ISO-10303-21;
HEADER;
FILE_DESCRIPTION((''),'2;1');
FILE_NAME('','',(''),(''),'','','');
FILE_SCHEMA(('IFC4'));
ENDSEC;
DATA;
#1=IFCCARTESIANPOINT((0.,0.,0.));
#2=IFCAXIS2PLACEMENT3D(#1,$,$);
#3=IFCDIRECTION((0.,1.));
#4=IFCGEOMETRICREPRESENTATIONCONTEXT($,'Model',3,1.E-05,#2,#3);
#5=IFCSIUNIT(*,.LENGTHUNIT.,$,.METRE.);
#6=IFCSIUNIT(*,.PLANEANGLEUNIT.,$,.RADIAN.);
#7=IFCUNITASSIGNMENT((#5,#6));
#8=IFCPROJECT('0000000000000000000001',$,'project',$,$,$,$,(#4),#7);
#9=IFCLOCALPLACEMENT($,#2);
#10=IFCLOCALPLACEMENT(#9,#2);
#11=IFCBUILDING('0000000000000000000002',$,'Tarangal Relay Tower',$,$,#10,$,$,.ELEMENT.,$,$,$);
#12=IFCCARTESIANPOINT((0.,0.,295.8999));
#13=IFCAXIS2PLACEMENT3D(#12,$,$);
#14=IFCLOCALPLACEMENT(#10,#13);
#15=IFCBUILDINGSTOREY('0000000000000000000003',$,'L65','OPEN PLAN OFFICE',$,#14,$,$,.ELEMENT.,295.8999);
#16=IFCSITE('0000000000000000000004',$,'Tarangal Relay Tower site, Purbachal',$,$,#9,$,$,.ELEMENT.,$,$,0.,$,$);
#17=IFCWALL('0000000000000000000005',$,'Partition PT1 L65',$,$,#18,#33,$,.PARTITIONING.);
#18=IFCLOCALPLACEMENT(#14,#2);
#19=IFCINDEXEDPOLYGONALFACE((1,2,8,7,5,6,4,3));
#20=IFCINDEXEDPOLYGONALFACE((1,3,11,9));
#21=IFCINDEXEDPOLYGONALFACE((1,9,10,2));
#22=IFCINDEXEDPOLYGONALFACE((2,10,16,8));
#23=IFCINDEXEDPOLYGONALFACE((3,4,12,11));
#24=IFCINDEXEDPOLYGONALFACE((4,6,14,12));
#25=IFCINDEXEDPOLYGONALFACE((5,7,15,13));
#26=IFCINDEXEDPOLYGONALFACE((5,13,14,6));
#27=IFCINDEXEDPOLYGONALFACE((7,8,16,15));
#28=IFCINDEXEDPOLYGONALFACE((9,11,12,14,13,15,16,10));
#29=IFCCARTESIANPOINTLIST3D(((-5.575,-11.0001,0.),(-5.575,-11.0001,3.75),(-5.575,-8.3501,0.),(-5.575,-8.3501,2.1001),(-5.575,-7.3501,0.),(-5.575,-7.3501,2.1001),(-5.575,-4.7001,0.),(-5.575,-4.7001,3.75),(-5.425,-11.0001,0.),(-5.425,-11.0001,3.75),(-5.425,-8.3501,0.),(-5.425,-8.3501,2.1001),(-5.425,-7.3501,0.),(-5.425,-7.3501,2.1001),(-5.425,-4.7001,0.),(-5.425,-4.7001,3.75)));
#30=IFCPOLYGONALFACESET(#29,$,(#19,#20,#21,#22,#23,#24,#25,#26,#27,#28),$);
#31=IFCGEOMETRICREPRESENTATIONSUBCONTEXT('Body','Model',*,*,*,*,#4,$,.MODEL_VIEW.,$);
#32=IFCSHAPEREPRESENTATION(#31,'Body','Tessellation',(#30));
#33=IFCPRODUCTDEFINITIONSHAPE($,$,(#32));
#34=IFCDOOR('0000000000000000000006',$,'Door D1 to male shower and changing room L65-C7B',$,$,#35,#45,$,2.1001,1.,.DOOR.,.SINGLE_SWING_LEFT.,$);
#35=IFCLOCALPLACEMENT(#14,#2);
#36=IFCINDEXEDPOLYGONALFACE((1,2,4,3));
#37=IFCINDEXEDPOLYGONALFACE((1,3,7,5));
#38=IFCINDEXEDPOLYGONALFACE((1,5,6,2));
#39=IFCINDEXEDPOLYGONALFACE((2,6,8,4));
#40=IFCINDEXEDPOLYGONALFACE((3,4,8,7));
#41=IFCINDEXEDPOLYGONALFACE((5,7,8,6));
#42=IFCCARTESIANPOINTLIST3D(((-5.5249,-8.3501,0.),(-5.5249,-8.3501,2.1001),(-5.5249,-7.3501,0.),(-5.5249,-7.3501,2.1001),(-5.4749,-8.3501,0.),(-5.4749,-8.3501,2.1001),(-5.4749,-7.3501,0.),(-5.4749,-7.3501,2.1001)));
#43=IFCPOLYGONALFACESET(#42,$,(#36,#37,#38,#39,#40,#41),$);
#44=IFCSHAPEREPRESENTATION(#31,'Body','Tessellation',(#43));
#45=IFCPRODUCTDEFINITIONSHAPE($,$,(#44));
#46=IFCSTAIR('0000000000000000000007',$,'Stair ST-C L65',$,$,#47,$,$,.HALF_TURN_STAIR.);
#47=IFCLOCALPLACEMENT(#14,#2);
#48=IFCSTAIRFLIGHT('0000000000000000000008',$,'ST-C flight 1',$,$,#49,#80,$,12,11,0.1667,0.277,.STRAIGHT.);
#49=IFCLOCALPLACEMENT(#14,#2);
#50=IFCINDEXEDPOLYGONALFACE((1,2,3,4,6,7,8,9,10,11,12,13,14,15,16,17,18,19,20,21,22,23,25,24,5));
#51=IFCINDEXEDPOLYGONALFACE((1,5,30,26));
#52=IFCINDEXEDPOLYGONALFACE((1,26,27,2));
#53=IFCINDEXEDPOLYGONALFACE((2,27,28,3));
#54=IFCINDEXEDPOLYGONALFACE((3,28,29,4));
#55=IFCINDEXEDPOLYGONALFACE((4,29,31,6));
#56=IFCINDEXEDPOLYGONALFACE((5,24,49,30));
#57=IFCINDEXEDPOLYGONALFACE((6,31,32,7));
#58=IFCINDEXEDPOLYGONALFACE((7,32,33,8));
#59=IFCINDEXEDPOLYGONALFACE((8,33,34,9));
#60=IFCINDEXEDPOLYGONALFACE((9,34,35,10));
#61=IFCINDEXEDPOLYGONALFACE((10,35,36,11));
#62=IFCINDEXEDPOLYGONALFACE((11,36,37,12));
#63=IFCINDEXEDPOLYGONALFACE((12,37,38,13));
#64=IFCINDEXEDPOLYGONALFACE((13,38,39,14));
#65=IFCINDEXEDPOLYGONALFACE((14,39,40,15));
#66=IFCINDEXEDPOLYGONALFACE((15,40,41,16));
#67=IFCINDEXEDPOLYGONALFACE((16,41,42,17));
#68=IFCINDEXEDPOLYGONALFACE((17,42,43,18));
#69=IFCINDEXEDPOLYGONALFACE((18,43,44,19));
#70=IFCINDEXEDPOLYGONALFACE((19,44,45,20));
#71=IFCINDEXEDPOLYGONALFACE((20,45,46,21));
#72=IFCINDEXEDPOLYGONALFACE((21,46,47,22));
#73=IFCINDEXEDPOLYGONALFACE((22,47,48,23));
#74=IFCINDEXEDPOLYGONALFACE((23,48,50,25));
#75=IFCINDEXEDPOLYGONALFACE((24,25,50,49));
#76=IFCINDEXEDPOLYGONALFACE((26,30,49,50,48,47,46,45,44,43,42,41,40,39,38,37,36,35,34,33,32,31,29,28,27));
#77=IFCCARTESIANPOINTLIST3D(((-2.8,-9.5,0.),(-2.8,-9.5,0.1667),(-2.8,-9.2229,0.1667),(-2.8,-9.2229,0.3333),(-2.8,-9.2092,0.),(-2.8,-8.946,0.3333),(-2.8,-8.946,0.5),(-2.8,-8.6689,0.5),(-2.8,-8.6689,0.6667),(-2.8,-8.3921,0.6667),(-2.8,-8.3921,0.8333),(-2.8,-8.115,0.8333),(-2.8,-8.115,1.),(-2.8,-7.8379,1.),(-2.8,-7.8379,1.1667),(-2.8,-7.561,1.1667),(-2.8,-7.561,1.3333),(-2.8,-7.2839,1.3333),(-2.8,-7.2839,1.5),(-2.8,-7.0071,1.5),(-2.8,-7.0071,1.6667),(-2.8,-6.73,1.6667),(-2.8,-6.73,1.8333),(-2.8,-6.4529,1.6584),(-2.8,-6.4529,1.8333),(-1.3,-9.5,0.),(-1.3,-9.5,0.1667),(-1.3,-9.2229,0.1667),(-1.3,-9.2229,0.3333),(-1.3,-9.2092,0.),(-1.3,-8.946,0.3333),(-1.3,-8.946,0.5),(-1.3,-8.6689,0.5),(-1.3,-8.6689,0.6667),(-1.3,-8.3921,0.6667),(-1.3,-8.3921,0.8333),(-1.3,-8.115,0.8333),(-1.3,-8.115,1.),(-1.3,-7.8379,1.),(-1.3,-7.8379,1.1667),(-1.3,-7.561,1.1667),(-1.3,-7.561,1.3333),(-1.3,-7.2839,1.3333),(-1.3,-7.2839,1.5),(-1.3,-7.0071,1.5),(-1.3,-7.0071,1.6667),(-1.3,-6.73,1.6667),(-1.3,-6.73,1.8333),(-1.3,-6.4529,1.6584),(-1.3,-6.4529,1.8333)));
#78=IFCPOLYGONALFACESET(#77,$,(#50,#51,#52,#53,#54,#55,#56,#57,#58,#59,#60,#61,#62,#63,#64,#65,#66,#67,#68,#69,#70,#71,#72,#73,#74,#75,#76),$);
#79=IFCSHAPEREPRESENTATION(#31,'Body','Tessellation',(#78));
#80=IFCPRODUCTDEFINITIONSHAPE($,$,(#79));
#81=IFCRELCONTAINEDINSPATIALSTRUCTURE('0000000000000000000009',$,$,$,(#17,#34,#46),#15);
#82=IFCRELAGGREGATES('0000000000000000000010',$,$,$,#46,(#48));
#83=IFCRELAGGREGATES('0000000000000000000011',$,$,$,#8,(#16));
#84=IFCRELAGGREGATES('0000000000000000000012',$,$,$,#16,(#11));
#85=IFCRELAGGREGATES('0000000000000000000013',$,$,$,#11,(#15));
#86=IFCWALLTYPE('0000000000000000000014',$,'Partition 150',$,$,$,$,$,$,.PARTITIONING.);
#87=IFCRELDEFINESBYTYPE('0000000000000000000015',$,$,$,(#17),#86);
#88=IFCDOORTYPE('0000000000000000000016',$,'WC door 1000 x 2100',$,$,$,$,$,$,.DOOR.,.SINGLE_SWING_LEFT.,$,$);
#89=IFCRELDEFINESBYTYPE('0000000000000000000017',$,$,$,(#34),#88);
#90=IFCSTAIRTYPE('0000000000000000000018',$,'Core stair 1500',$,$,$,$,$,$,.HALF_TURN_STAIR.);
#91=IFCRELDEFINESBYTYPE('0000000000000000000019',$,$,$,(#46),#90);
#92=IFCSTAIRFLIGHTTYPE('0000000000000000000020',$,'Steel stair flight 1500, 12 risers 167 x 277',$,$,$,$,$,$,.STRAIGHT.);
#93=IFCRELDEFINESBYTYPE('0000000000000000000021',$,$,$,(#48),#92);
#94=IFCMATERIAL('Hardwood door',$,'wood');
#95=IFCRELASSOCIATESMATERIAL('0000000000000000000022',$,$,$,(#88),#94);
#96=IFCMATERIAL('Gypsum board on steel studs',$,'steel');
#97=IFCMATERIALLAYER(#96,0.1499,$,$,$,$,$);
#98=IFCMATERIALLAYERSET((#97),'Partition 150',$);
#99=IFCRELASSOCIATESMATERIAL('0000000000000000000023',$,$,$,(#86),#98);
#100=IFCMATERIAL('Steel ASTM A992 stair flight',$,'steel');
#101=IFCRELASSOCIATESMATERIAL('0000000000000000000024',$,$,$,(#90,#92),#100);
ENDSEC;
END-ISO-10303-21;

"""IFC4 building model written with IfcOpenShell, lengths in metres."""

from ifc_helpers import new_model, si_unit, direction, frame, frame_2d, origin, place, context, subcontext, project, spatial, polyline, rectangle, outline, extrude, material, layer, layer_set, type_object, element, fill, aggregate, save


model = new_model("IFC4")

# Units and contexts
model_context = context("Model", 3, precision=1e-05, world=origin(), true_north=direction((0.0, 1.0)))
body_context = subcontext(model_context, "Body", "Model", "MODEL_VIEW")
ifc_project = project(units=[si_unit("LENGTHUNIT", "METRE"), si_unit("PLANEANGLEUNIT", "RADIAN")], contexts=[model_context])

# Site, building, storey
site_placement = place(None, origin())
site = spatial("IfcSite", under=ifc_project, at=site_placement, Name="Tarangal Relay Tower site, Purbachal", CompositionType="ELEMENT", RefElevation=0.0)
building_placement = place(site_placement, origin())
building = spatial("IfcBuilding", under=site, at=building_placement, Name="Tarangal Relay Tower", CompositionType="ELEMENT")
storey_placement = place(building_placement, frame((0.0, 0.0, 295.8999)))
storey = spatial("IfcBuildingStorey", under=building, at=storey_placement, Name="L65", Description="OPEN PLAN OFFICE", CompositionType="ELEMENT", Elevation=295.8999)

# Shared definitions
ifc_material_1 = material(Name="Hardwood door", Category="wood")
door_type_1 = type_object("IfcDoorType", Name="WC door 1000 x 2100", OperationType="SINGLE_SWING_LEFT", PredefinedType="DOOR", material=ifc_material_1)

# Wall, opening, door
ifc_material_2 = material(Name="Gypsum board on steel studs", Category="steel")
ifc_layer_1 = layer(ifc_material_2, 0.1499)
ifc_layer_set_1 = layer_set([ifc_layer_1], Name="Partition 150")
wall_type_1 = type_object("IfcWallType", Name="Partition 150", PredefinedType="PARTITIONING", material=ifc_layer_set_1)
wall_1_placement = place(storey_placement, frame((-5.5, -11.0, 0.0), z_axis=(0.0, 0.0, 1.0), x_axis=(0.0, 1.0, 0.0)))
wall_1 = element("IfcWall", 1, at=wall_1_placement, inside=storey, type_object=wall_type_1, Name="Partition PT1 L65", PredefinedType="PARTITIONING", context=body_context, shape_type="SweptSolid", body=[
    extrude(rectangle(XDim=6.3, YDim=0.1499, at=frame_2d((3.1499, 0.0))), origin(), (0.0, 0.0, 1.0), 3.75),
])
opening_1_placement = place(wall_1_placement, frame((2.6499, 0.0, 0.0)))
opening_1 = element("IfcOpeningElement", 2, at=opening_1_placement, cuts=wall_1, PredefinedType="OPENING", context=body_context, shape_type="SweptSolid", body=[
    extrude(rectangle(XDim=1.0, YDim=2.1001, at=frame_2d((0.5, 1.05))), frame((0.0, 0.085, 0.0), z_axis=(0.0, -1.0, 0.0), x_axis=(1.0, 0.0, 0.0)), (0.0, 0.0, 1.0), 0.1699),
])
door_1_placement = place(opening_1_placement, origin())
door_1 = element("IfcDoor", 3, at=door_1_placement, inside=storey, type_object=door_type_1, Name="Door D1 to male shower and changing room L65-C7B", OperationType="SINGLE_SWING_LEFT", OverallHeight=2.1001, OverallWidth=1.0, PredefinedType="DOOR", context=body_context, shape_type="SweptSolid", body=[
    extrude(rectangle(XDim=1.0, YDim=2.1001, at=frame_2d((0.5, 1.05))), frame((0.0, 0.0249, 0.0), z_axis=(0.0, -1.0, 0.0), x_axis=(1.0, 0.0, 0.0)), (0.0, 0.0, 1.0), 0.05),
])
fill(opening_1, door_1)

# Stair, stair flight
ifc_material_3 = material(Name="Steel ASTM A992 stair flight", Category="steel")
stair_type = type_object("IfcStairType", Name="Core stair 1500", PredefinedType="HALF_TURN_STAIR", material=ifc_material_3)
stair_placement = place(storey_placement, origin())
stair = element("IfcStair", 4, at=stair_placement, inside=storey, type_object=stair_type, Name="Stair ST-C L65", PredefinedType="HALF_TURN_STAIR")
stair_flight_type = type_object("IfcStairFlightType", Name="Steel stair flight 1500, 12 risers 167 x 277", PredefinedType="STRAIGHT", material=ifc_material_3)
stair_flight_placement = place(storey_placement, frame((-2.05, -9.5, 0.0), z_axis=(0.0, 0.0, 1.0), x_axis=(0.0, 1.0, 0.0)))
stair_flight = element("IfcStairFlight", 5, at=stair_flight_placement, type_object=stair_flight_type, Name="ST-C flight 1", NumberOfRisers=12, NumberOfTreads=11, PredefinedType="STRAIGHT", RiserHeight=0.1667, TreadLength=0.277, context=body_context, shape_type="SweptSolid", body=[
    extrude(outline(polyline([(0.0, 0.0), (0.0, 0.1667), (0.2771, 0.1667), (0.2771, 0.3333), (0.554, 0.3333), (0.554, 0.5), (0.8311, 0.5), (0.8311, 0.6667), (1.1079, 0.6667), (1.1079, 0.8333), (1.385, 0.8333), (1.385, 1.0), (1.6621, 1.0), (1.6621, 1.1667), (1.939, 1.1667), (1.939, 1.3333), (2.2161, 1.3333), (2.2161, 1.5), (2.4929, 1.5), (2.4929, 1.6667), (2.77, 1.6667), (2.77, 1.8333), (3.0471, 1.8333), (3.0471, 2.0), (3.0471, 1.6584), (0.2908, 0.0), (0.0, 0.0)])), frame((0.0, 0.75, 0.0), z_axis=(0.0, -1.0, 0.0), x_axis=(1.0, 0.0, 0.0)), (0.0, 0.0, 1.0), 1.5),
])
aggregate(stair, [stair_flight])

save(model, "model.ifc")
